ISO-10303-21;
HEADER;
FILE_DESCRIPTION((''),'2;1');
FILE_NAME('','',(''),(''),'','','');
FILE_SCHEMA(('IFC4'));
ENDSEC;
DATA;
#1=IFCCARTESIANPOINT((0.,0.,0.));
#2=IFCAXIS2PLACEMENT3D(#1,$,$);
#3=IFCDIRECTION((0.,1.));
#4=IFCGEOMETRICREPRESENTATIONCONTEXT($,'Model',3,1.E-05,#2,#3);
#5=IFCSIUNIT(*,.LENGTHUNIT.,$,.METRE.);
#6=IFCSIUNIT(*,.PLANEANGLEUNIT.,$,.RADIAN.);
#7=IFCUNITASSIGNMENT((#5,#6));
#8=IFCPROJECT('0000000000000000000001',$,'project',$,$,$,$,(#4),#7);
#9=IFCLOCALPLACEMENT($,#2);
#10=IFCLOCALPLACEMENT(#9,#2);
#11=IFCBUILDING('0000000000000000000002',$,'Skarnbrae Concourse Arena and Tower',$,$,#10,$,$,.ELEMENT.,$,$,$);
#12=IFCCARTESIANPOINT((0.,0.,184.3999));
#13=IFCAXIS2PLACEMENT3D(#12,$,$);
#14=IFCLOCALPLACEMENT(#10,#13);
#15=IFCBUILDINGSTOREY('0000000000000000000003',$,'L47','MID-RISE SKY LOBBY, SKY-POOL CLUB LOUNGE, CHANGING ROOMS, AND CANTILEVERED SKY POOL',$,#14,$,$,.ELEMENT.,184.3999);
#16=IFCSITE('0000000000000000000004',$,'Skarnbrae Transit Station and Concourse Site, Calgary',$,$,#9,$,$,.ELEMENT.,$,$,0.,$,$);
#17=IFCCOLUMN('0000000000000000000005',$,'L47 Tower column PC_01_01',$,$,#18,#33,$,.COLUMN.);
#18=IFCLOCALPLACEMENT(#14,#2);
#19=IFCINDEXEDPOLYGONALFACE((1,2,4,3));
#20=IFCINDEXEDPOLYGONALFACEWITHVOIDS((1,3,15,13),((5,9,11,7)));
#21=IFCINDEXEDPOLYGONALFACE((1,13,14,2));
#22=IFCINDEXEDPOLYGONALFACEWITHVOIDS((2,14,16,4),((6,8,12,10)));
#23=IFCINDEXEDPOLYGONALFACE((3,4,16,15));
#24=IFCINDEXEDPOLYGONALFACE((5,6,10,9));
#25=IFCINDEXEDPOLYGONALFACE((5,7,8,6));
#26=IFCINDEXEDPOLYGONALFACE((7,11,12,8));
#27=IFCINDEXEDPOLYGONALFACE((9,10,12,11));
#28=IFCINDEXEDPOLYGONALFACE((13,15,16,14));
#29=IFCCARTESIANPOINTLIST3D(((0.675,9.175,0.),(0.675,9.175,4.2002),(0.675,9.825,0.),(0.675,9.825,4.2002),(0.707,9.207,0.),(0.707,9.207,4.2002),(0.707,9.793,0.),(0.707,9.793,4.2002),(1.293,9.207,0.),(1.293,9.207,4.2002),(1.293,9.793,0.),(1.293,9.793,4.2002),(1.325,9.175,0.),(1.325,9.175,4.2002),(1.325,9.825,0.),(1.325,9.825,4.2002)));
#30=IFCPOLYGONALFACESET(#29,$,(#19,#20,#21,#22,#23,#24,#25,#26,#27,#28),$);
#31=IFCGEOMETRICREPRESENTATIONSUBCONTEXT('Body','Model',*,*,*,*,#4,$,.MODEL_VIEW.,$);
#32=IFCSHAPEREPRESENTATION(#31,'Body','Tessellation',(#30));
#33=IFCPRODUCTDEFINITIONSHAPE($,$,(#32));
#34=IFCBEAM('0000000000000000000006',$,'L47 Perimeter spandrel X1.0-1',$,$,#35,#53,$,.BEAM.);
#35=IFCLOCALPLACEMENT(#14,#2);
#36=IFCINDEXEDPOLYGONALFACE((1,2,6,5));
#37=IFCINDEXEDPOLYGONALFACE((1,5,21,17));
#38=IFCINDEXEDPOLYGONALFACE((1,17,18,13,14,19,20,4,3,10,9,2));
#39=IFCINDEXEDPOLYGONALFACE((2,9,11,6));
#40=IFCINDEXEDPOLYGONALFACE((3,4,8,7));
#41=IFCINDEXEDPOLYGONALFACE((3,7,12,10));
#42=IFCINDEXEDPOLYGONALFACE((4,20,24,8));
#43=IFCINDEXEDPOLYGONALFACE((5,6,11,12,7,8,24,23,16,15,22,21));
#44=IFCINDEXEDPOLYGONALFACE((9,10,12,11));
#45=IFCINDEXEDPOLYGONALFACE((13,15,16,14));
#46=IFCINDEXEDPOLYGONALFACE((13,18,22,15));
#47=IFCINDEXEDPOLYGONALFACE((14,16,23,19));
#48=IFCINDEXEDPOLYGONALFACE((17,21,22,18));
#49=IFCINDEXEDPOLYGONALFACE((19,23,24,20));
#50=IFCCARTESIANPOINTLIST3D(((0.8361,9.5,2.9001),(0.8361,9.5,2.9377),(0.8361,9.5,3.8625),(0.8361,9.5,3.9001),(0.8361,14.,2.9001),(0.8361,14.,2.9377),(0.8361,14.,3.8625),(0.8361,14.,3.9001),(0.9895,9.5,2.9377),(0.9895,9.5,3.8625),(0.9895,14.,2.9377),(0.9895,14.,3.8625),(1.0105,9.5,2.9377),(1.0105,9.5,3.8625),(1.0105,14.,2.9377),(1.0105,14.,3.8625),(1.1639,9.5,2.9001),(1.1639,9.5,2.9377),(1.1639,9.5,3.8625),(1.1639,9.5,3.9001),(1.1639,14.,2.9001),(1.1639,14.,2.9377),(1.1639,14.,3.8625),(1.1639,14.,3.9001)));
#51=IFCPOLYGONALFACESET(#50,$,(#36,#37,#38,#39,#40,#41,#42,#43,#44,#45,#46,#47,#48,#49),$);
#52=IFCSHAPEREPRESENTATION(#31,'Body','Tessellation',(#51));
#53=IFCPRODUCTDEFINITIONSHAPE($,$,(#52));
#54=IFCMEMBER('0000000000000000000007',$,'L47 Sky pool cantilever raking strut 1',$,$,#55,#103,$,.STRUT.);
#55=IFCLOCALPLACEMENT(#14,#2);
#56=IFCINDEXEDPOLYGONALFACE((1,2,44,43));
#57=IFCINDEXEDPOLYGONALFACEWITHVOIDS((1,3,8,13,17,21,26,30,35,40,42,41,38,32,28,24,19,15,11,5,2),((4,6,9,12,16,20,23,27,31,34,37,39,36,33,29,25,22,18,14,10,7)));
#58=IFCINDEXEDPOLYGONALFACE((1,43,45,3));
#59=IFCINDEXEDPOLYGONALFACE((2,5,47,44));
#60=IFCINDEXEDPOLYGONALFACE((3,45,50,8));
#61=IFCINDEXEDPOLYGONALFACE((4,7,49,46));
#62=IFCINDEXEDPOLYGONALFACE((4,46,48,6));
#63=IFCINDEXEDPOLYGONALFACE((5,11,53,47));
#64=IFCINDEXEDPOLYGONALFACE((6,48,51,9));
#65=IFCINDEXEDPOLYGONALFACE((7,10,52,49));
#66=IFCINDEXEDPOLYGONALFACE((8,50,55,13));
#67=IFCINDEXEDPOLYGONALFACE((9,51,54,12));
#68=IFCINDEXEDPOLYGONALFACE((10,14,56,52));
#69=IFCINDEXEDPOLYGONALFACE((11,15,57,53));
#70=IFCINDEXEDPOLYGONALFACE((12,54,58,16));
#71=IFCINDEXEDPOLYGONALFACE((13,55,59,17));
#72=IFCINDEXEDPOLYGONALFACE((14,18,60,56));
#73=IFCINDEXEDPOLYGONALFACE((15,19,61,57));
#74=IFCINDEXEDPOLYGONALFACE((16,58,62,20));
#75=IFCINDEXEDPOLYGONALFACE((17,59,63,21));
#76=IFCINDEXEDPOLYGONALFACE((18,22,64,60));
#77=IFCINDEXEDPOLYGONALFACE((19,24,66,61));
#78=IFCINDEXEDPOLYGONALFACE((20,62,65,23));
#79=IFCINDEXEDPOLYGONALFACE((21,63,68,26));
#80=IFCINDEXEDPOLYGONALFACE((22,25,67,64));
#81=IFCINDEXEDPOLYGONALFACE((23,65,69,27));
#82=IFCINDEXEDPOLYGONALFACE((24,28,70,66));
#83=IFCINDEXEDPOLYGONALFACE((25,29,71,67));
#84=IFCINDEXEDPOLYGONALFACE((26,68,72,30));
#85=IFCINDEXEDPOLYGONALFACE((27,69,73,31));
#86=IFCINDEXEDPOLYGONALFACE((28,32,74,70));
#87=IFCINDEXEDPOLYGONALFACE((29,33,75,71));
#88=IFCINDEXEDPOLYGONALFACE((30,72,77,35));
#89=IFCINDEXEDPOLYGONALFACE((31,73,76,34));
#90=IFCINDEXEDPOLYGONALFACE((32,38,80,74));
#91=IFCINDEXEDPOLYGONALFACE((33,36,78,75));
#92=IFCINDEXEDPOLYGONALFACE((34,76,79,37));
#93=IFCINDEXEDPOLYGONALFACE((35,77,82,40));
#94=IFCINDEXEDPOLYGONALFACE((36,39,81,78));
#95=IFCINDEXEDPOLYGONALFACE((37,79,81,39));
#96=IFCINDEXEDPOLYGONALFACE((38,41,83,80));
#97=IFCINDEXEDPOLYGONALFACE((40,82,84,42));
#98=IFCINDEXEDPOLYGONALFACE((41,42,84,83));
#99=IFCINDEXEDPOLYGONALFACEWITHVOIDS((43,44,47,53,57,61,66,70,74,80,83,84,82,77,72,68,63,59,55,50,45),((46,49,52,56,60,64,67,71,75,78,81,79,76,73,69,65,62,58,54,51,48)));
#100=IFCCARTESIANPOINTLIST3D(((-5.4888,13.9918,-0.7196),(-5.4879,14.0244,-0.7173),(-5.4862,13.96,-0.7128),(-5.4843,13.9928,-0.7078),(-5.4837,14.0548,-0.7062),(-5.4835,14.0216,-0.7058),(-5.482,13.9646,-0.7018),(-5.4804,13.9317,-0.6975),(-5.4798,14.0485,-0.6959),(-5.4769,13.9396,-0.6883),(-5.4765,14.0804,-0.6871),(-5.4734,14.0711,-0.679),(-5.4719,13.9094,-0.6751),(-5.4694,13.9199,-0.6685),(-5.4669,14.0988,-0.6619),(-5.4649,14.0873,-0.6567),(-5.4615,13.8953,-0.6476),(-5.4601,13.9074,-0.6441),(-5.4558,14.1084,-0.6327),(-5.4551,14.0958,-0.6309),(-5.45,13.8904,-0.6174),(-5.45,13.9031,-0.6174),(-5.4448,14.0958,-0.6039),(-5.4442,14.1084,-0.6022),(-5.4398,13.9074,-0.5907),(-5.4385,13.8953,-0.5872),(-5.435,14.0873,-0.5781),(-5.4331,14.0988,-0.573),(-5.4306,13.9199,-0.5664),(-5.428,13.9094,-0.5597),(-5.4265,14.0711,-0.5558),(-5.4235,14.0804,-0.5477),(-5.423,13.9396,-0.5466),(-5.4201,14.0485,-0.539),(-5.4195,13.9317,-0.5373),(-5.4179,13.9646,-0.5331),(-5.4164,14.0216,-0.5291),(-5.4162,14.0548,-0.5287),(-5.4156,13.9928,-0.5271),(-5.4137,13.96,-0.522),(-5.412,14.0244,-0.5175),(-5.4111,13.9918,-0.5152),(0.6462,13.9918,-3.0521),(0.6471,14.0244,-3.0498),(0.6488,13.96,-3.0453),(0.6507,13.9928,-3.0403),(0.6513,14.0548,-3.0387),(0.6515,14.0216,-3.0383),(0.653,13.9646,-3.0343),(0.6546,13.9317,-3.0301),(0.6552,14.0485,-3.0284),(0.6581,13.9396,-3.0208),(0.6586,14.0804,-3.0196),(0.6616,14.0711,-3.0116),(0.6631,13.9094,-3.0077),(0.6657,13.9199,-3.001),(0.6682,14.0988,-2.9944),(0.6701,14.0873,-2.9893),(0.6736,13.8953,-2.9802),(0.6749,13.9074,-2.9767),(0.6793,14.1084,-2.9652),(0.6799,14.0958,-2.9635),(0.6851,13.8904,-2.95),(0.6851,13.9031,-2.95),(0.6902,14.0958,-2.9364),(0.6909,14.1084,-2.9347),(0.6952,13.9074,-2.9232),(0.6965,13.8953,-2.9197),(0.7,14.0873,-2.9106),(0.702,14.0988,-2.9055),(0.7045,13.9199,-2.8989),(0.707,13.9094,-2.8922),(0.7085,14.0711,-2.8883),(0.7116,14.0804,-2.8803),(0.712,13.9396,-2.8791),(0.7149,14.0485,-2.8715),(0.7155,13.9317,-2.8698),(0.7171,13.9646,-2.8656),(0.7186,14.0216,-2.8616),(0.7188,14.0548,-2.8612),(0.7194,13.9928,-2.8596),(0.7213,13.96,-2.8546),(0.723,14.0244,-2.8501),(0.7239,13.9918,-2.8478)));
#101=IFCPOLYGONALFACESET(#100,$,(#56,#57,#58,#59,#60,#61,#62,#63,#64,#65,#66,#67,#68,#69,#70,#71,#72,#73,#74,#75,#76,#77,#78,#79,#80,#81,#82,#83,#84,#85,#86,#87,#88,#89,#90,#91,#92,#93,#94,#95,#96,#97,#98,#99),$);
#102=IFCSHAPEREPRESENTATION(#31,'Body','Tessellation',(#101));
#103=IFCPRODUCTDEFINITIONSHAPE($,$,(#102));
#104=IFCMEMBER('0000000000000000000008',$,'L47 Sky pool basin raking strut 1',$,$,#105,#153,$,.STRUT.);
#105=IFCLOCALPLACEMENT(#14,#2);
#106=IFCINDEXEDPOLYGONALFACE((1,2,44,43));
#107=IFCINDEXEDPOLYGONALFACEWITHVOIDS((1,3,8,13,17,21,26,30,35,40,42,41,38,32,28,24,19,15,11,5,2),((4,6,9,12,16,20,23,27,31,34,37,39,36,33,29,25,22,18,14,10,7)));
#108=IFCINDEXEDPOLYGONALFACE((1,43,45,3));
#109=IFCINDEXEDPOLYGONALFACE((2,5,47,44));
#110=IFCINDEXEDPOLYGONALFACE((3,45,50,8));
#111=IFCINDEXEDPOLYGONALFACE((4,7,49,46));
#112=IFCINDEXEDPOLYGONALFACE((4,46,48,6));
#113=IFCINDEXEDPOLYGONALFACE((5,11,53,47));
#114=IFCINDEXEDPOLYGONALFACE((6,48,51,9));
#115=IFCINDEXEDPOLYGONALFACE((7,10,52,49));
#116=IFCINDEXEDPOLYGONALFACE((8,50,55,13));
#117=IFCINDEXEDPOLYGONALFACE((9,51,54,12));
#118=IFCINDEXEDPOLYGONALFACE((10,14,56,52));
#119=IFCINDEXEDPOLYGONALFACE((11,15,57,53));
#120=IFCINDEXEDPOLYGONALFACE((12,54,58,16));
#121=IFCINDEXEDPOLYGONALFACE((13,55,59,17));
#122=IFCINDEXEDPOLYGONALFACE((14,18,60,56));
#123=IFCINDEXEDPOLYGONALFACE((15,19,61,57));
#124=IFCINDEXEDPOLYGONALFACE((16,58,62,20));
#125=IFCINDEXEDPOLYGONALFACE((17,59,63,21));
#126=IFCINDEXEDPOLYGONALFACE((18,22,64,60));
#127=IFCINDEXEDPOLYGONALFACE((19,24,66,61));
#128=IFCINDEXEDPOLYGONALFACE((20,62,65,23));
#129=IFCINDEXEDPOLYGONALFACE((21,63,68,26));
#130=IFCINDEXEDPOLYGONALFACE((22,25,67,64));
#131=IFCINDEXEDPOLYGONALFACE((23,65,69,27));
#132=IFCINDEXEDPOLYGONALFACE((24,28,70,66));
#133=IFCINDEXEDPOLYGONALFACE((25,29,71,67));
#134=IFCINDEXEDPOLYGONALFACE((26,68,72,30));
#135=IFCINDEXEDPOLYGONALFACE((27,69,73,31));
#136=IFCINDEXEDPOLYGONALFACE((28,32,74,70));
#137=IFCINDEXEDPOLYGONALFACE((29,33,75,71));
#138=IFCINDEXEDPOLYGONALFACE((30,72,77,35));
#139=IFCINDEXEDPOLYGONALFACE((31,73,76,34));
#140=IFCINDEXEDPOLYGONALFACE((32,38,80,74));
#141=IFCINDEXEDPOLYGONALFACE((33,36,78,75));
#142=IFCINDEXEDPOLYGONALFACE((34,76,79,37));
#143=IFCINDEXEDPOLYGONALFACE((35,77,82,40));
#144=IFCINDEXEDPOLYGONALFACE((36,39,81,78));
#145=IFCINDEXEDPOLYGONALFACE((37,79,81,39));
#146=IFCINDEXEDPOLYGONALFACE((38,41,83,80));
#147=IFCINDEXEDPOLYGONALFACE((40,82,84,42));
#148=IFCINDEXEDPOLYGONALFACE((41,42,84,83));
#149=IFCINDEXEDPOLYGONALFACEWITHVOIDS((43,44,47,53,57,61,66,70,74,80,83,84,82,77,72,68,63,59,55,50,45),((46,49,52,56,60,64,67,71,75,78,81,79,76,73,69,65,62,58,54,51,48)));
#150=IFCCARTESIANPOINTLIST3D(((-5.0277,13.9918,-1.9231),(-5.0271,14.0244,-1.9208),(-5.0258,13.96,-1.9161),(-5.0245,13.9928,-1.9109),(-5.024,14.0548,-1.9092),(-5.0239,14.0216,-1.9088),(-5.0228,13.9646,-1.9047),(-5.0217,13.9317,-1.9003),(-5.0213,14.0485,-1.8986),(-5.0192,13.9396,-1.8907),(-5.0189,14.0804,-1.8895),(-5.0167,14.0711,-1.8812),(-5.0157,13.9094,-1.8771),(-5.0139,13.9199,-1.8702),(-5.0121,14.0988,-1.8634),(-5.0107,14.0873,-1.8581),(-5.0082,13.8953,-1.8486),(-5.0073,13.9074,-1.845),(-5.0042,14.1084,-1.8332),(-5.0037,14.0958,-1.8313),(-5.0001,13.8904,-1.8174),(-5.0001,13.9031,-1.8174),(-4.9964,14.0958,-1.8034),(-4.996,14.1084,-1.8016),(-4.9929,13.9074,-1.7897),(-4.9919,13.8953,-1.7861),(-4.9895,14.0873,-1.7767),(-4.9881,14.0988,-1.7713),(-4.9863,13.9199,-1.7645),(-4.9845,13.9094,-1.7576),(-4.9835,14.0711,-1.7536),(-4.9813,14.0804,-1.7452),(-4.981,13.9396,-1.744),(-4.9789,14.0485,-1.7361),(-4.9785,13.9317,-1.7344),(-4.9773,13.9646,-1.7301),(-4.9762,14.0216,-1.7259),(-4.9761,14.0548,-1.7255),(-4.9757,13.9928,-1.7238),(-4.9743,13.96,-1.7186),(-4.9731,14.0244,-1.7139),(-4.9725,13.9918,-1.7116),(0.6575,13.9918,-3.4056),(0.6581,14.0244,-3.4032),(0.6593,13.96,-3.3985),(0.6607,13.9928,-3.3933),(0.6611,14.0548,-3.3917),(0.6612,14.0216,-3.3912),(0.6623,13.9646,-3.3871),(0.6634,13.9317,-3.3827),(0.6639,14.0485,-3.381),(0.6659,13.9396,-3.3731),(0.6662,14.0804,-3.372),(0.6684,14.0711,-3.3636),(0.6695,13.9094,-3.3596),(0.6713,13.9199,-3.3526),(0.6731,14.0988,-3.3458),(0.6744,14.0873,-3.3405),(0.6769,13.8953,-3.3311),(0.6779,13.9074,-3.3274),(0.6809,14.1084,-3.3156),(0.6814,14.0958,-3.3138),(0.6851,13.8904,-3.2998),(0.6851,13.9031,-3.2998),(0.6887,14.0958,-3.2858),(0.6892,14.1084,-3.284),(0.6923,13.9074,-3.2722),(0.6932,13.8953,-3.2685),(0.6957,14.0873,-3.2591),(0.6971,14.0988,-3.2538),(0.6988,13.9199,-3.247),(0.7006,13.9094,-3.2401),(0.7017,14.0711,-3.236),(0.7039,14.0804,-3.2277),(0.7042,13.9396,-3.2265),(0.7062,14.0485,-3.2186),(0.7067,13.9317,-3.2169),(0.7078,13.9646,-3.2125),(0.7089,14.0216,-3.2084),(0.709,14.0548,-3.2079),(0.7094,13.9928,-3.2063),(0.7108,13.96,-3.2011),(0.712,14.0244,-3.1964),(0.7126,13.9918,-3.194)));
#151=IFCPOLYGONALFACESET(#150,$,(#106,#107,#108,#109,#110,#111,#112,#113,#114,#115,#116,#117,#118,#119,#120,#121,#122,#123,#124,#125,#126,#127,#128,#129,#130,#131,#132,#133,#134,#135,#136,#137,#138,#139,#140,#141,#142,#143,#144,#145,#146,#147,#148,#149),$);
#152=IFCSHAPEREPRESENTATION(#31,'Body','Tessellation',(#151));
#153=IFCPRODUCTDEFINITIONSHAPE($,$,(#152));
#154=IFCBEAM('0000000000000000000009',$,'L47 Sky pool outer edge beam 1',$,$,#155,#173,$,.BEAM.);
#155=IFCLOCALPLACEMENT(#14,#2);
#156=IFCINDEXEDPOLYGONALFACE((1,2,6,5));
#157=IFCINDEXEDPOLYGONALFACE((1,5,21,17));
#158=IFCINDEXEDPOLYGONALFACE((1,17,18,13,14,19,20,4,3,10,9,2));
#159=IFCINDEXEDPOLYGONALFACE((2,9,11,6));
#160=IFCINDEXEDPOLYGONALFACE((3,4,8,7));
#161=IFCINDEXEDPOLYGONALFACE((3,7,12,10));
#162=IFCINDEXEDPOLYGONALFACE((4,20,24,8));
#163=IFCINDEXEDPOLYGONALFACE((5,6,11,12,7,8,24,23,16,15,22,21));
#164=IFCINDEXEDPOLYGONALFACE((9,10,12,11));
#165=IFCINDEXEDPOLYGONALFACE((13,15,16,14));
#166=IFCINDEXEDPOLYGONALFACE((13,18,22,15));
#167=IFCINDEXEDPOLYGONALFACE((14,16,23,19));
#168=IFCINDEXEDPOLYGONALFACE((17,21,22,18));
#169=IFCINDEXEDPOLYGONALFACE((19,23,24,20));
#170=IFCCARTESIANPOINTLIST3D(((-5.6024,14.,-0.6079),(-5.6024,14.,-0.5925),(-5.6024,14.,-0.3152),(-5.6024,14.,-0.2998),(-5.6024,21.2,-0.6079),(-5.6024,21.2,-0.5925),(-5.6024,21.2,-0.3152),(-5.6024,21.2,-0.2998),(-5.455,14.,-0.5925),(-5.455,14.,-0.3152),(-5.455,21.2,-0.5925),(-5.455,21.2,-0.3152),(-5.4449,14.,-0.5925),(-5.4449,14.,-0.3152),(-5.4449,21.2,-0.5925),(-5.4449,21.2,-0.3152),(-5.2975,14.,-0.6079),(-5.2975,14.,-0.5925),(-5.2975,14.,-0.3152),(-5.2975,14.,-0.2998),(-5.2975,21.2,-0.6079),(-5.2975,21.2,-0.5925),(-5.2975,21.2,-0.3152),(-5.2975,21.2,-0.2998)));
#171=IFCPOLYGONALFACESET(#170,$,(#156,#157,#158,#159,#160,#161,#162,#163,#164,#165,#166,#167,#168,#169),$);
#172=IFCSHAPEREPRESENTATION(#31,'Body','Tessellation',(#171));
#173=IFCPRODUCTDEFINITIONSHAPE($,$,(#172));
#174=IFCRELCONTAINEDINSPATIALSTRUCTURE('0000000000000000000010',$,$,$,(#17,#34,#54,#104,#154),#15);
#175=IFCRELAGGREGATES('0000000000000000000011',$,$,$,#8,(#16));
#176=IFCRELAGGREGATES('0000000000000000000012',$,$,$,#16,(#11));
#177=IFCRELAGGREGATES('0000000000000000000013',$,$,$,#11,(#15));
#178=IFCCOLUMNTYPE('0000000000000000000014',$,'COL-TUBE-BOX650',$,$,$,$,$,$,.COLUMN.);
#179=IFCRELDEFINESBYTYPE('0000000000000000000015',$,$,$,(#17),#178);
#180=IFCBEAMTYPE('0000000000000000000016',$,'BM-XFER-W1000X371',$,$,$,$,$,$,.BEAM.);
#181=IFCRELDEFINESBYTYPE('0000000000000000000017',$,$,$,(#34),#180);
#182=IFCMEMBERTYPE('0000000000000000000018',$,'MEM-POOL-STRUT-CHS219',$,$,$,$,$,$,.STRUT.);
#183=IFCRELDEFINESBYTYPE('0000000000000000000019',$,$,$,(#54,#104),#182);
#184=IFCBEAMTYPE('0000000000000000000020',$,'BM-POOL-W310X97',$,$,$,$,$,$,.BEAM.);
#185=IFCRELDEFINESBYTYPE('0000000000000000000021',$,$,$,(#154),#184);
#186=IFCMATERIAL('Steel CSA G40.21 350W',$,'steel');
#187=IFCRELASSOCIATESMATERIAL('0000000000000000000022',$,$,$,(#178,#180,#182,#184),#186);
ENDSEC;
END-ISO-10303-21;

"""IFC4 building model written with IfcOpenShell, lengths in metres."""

from ifc_helpers import new_model, si_unit, direction, frame, origin, origin_2d, place, context, subcontext, project, spatial, hollow_rectangle, hollow_circle, i_section, extrude, source, transform, mapped, material, material_profile, profile_set, type_object, element, save


model = new_model("IFC4")

# Units and contexts
model_context = context("Model", 3, precision=1e-05, world=origin(), true_north=direction((0.0, 1.0)))
body_context = subcontext(model_context, "Body", "Model", "MODEL_VIEW")
ifc_project = project(units=[si_unit("LENGTHUNIT", "METRE"), si_unit("PLANEANGLEUNIT", "RADIAN")], contexts=[model_context])

# Site, building, storey
site_placement = place(None, origin())
site = spatial("IfcSite", under=ifc_project, at=site_placement, Name="Skarnbrae Transit Station and Concourse Site, Calgary", CompositionType="ELEMENT", RefElevation=0.0)
building_placement = place(site_placement, origin())
building = spatial("IfcBuilding", under=site, at=building_placement, Name="Skarnbrae Concourse Arena and Tower", CompositionType="ELEMENT")
storey_placement = place(building_placement, frame((0.0, 0.0, 184.3999)))
storey = spatial("IfcBuildingStorey", under=building, at=storey_placement, Name="L47", Description="MID-RISE SKY LOBBY, SKY-POOL CLUB LOUNGE, CHANGING ROOMS, AND CANTILEVERED SKY POOL", CompositionType="ELEMENT", Elevation=184.3999)

# Column
ifc_material_1 = material(Name="Steel CSA G40.21 350W", Category="steel")
ifc_material_profile_1 = material_profile(ifc_material_1, hollow_rectangle(XDim=0.6499, YDim=0.6499, WallThickness=0.032, at=origin_2d()), Name="BOX650X650X32")
ifc_profile_set_1 = profile_set([ifc_material_profile_1], Name="Steel CSA G40.21 350W")
column_type = type_object("IfcColumnType", Name="COL-TUBE-BOX650", PredefinedType="COLUMN", material=ifc_profile_set_1)
shared_shape_1 = source(origin(), body_context, "Body", "SweptSolid", [
    extrude(hollow_rectangle(XDim=0.6499, YDim=0.6499, WallThickness=0.032, at=origin_2d()), origin(), (0.0, 0.0, 1.0), 4.2002),
])
column_placement = place(storey_placement, frame((1.0, 9.5, 0.0), z_axis=(0.0, 0.0, 1.0), x_axis=(1.0, 0.0, 0.0)))
element("IfcColumn", 1, at=column_placement, inside=storey, type_object=column_type, Name="L47 Tower column PC_01_01", PredefinedType="COLUMN", context=body_context, shape_type="MappedRepresentation", body=[
    mapped(shared_shape_1, transform((0.0, 0.0, 0.0))),
])

# Beam
ifc_material_profile_2 = material_profile(ifc_material_1, i_section(OverallWidth=0.3279, OverallDepth=1.0, WebThickness=0.021, FlangeThickness=0.0376, at=origin_2d()), Name="W1000X371")
ifc_profile_set_2 = profile_set([ifc_material_profile_2], Name="Steel CSA G40.21 350W")
beam_type_1 = type_object("IfcBeamType", Name="BM-XFER-W1000X371", PredefinedType="BEAM", material=ifc_profile_set_2)
shared_shape_2 = source(origin(), body_context, "Body", "SweptSolid", [
    extrude(i_section(OverallWidth=0.3279, OverallDepth=1.0, WebThickness=0.021, FlangeThickness=0.0376, at=origin_2d()), origin(), (0.0, 0.0, 1.0), 4.5),
])
beam_1_placement = place(storey_placement, frame((1.0, 9.5, 3.4001), z_axis=(0.0, 1.0, 0.0), x_axis=(-1.0, 0.0, 0.0)))
element("IfcBeam", 2, at=beam_1_placement, inside=storey, type_object=beam_type_1, Name="L47 Perimeter spandrel X1.0-1", PredefinedType="BEAM", context=body_context, shape_type="MappedRepresentation", body=[
    mapped(shared_shape_2, transform((0.0, 0.0, 0.0))),
])

# Members
ifc_material_profile_3 = material_profile(ifc_material_1, hollow_circle(Radius=0.1096, WallThickness=0.0127, at=origin_2d()), Name="HSS219X12.7")
ifc_profile_set_3 = profile_set([ifc_material_profile_3], Name="Steel CSA G40.21 350W")
member_type = type_object("IfcMemberType", Name="MEM-POOL-STRUT-CHS219", PredefinedType="STRUT", material=ifc_profile_set_3)
shared_shape_3 = source(origin(), body_context, "Body", "SweptSolid", [
    extrude(hollow_circle(Radius=0.1096, WallThickness=0.0127, at=origin_2d()), origin(), (0.0, 0.0, 1.0), 6.5635),
])
member_1_placement = place(storey_placement, frame((0.6851, 14.0, -2.95), z_axis=(-0.934722, 0.0, 0.35538), x_axis=(0.0, -1.0, 0.0)))
element("IfcMember", 3, at=member_1_placement, inside=storey, type_object=member_type, Name="L47 Sky pool cantilever raking strut 1", PredefinedType="STRUT", context=body_context, shape_type="MappedRepresentation", body=[
    mapped(shared_shape_3, transform((0.0, 0.0, 0.0))),
])
shared_shape_4 = source(origin(), body_context, "Body", "SweptSolid", [
    extrude(hollow_circle(Radius=0.1096, WallThickness=0.0127, at=origin_2d()), origin(), (0.0, 0.0, 1.0), 5.8752),
])
member_2_placement = place(storey_placement, frame((0.6851, 14.0, -3.2998), z_axis=(-0.967644, 0.0, 0.25232), x_axis=(0.0, -1.0, 0.0)))
element("IfcMember", 4, at=member_2_placement, inside=storey, type_object=member_type, Name="L47 Sky pool basin raking strut 1", PredefinedType="STRUT", context=body_context, shape_type="MappedRepresentation", body=[
    mapped(shared_shape_4, transform((0.0, 0.0, 0.0))),
])

# Beam
ifc_material_profile_4 = material_profile(ifc_material_1, i_section(OverallWidth=0.3049, OverallDepth=0.3081, WebThickness=0.01, FlangeThickness=0.0154, at=origin_2d()), Name="W310X97")
ifc_profile_set_4 = profile_set([ifc_material_profile_4], Name="Steel CSA G40.21 350W")
beam_type_2 = type_object("IfcBeamType", Name="BM-POOL-W310X97", PredefinedType="BEAM", material=ifc_profile_set_4)
shared_shape_5 = source(origin(), body_context, "Body", "SweptSolid", [
    extrude(i_section(OverallWidth=0.3049, OverallDepth=0.3081, WebThickness=0.01, FlangeThickness=0.0154, at=origin_2d()), origin(), (0.0, 0.0, 1.0), 7.2),
])
beam_2_placement = place(storey_placement, frame((-5.45, 14.0, -0.4539), z_axis=(0.0, 1.0, 0.0), x_axis=(-1.0, 0.0, 0.0)))
element("IfcBeam", 5, at=beam_2_placement, inside=storey, type_object=beam_type_2, Name="L47 Sky pool outer edge beam 1", PredefinedType="BEAM", context=body_context, shape_type="MappedRepresentation", body=[
    mapped(shared_shape_5, transform((0.0, 0.0, 0.0))),
])

save(model, "model.ifc")
